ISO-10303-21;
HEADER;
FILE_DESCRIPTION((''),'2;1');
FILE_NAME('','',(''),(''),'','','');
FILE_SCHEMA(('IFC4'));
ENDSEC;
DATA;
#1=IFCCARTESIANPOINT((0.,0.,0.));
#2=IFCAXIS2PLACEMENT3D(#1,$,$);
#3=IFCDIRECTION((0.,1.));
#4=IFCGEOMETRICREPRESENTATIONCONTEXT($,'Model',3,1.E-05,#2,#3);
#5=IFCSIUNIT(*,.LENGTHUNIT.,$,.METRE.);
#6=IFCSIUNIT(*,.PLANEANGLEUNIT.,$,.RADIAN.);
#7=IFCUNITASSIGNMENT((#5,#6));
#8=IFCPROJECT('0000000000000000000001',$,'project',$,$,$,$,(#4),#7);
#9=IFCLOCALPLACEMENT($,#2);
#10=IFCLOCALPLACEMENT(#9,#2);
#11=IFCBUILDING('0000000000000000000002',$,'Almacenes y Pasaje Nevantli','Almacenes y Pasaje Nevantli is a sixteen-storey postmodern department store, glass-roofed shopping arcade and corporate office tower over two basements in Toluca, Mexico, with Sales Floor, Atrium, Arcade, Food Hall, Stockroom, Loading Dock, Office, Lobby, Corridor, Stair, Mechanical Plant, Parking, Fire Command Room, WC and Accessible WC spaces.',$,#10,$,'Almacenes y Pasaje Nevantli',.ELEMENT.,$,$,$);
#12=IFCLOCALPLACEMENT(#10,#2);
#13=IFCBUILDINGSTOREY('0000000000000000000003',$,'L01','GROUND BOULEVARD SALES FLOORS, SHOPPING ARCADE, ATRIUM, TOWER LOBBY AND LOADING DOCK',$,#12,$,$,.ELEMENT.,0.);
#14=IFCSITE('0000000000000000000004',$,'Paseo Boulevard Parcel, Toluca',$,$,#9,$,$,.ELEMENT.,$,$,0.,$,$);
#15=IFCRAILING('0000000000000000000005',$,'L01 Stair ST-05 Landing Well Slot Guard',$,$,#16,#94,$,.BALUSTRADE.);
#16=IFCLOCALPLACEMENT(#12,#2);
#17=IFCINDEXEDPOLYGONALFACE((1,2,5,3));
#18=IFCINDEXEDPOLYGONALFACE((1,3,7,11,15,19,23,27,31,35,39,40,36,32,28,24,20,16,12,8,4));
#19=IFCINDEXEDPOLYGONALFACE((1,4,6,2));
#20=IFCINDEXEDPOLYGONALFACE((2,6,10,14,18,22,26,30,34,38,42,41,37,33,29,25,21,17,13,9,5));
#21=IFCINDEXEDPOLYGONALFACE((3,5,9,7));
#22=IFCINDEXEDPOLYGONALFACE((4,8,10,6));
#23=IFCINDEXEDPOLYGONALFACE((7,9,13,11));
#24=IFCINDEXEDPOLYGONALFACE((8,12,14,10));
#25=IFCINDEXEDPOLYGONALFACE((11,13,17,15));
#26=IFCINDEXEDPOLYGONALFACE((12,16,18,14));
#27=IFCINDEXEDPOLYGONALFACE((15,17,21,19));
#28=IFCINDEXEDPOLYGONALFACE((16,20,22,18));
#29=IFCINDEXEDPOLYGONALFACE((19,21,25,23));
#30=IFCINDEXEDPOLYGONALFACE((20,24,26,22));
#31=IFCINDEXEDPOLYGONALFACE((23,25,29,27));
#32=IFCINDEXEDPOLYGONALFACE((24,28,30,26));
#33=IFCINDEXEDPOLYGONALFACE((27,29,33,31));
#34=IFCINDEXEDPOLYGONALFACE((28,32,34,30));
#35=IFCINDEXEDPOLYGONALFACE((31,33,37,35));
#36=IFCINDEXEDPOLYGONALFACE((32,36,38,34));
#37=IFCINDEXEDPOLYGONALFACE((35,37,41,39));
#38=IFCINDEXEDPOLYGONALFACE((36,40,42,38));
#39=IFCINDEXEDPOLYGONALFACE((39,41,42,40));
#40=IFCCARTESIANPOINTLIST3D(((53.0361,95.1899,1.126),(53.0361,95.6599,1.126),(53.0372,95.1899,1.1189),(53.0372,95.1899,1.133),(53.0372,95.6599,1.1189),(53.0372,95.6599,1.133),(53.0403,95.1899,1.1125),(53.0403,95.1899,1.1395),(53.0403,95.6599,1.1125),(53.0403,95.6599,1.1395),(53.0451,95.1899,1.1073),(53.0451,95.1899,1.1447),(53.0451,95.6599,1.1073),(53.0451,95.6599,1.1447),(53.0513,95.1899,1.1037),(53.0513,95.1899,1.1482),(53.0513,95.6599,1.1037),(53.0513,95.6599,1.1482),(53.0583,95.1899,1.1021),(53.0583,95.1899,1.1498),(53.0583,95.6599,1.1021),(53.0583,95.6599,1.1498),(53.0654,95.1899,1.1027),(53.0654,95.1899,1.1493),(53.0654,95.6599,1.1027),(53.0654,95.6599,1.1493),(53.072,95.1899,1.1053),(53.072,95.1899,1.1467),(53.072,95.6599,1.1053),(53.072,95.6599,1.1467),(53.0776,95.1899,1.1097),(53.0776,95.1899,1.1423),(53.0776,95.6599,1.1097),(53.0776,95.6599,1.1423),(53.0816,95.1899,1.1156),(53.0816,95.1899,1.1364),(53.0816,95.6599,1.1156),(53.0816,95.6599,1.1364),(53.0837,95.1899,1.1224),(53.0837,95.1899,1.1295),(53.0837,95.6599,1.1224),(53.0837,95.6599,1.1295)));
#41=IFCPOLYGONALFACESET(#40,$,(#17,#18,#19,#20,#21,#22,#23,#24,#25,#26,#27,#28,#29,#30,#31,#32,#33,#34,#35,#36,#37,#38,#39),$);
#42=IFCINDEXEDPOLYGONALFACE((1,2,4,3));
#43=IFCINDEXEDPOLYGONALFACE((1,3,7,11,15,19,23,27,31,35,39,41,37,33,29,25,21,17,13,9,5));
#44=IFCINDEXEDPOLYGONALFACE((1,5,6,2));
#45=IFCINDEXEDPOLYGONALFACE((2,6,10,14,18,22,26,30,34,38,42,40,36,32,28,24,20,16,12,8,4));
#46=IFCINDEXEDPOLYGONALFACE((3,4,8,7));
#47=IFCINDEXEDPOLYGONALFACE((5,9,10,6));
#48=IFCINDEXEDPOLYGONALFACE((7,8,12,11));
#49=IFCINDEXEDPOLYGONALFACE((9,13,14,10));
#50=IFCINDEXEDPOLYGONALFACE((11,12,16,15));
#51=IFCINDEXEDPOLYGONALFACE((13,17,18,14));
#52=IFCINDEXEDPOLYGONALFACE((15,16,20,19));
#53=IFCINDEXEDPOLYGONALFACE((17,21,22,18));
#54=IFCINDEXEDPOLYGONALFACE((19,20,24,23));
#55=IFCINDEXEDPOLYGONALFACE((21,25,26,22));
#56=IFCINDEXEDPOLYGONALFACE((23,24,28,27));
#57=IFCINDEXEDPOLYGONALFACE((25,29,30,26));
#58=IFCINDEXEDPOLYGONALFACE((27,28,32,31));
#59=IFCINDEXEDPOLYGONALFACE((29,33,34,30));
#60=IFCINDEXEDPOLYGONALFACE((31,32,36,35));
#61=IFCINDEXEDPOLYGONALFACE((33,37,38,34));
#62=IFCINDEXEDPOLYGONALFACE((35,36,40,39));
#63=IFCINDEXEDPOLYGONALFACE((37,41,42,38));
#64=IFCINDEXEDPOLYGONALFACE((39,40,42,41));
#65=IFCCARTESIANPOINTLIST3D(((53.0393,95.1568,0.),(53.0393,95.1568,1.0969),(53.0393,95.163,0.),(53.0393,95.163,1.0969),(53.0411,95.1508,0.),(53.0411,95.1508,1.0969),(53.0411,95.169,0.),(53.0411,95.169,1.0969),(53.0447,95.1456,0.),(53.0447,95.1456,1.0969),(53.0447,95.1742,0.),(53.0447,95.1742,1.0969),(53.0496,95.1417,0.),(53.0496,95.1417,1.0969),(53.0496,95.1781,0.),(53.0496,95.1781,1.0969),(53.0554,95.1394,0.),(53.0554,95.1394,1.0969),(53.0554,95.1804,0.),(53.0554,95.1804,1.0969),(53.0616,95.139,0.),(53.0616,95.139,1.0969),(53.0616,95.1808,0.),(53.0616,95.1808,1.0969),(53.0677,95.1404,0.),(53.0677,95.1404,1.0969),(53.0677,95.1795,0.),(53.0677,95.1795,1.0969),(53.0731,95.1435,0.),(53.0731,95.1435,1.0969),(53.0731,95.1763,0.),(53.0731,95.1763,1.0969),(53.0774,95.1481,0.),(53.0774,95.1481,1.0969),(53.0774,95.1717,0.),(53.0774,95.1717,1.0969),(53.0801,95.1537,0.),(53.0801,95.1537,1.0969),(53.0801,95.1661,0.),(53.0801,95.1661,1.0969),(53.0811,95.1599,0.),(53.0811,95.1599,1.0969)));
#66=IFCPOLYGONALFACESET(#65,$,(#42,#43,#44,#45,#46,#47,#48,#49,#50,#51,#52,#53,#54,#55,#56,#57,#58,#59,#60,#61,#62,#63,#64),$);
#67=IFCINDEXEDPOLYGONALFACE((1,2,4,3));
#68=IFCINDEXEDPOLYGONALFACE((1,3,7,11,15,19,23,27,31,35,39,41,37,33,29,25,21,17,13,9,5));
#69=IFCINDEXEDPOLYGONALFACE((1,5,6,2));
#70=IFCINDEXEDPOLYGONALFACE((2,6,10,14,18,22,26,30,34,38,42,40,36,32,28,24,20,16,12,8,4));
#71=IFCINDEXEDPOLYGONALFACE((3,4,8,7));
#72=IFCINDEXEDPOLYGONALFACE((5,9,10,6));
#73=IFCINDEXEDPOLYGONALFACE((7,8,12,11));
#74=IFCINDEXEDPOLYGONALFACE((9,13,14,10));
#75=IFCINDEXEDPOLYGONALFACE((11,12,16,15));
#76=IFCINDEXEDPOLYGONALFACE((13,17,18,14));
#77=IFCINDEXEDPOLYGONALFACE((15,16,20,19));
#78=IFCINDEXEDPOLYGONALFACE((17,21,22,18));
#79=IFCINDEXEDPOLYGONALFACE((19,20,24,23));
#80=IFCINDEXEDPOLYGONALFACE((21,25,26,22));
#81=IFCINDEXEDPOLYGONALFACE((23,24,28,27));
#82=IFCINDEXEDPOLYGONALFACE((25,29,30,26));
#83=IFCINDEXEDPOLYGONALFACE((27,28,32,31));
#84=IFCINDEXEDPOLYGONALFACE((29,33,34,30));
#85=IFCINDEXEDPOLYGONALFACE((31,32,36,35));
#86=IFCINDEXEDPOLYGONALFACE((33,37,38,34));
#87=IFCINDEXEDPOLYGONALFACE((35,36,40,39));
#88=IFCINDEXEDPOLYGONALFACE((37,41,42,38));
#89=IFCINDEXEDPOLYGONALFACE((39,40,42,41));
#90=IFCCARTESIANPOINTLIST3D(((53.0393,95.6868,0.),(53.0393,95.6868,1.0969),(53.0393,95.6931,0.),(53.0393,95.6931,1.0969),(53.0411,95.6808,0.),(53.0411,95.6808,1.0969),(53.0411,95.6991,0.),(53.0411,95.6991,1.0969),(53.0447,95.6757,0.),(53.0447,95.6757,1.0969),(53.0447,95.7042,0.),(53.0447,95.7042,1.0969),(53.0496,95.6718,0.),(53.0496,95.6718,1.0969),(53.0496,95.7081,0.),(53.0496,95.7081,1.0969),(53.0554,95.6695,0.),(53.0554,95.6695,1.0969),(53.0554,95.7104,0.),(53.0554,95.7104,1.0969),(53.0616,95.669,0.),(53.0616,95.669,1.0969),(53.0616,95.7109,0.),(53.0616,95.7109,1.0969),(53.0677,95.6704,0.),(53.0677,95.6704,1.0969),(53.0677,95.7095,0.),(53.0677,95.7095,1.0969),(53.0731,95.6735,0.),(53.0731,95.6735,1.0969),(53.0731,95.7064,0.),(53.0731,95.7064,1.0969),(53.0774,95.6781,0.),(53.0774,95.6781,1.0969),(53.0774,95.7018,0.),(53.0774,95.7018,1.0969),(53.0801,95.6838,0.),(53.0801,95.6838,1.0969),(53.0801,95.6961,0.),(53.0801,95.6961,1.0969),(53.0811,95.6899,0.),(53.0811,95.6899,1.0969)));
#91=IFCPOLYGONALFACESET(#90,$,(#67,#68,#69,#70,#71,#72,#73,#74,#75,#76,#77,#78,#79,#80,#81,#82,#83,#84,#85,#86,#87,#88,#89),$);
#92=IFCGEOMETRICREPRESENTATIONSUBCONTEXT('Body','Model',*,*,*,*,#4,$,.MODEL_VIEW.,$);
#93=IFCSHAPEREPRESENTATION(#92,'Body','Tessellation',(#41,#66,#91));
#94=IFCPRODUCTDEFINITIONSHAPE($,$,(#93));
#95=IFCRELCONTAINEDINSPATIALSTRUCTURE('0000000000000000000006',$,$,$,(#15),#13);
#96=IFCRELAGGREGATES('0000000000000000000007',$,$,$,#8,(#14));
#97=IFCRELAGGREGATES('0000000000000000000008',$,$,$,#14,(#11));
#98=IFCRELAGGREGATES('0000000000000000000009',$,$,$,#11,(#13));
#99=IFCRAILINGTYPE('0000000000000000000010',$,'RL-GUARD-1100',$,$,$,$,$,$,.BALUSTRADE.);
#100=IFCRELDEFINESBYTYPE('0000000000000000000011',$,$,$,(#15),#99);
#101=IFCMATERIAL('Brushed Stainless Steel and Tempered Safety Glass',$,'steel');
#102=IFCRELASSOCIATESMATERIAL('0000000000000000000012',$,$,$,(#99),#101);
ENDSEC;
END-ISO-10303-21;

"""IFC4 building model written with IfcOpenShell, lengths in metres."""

from ifc_helpers import new_model, si_unit, direction, frame, origin, origin_2d, place, context, subcontext, project, spatial, circle, extrude, material, type_object, element, save


model = new_model("IFC4")

# Units and contexts
model_context = context("Model", 3, precision=1e-05, world=origin(), true_north=direction((0.0, 1.0)))
body_context = subcontext(model_context, "Body", "Model", "MODEL_VIEW")
ifc_project = project(units=[si_unit("LENGTHUNIT", "METRE"), si_unit("PLANEANGLEUNIT", "RADIAN")], contexts=[model_context])

# Site, building, storey
site_placement = place(None, origin())
site = spatial("IfcSite", under=ifc_project, at=site_placement, Name="Paseo Boulevard Parcel, Toluca", CompositionType="ELEMENT", RefElevation=0.0)
building_placement = place(site_placement, origin())
building = spatial("IfcBuilding", under=site, at=building_placement, Name="Almacenes y Pasaje Nevantli", Description="Almacenes y Pasaje Nevantli is a sixteen-storey postmodern department store, glass-roofed shopping arcade and corporate office tower over two basements in Toluca, Mexico, with Sales Floor, Atrium, Arcade, Food Hall, Stockroom, Loading Dock, Office, Lobby, Corridor, Stair, Mechanical Plant, Parking, Fire Command Room, WC and Accessible WC spaces.", LongName="Almacenes y Pasaje Nevantli", CompositionType="ELEMENT")
storey_placement = place(building_placement, origin())
storey = spatial("IfcBuildingStorey", under=building, at=storey_placement, Name="L01", Description="GROUND BOULEVARD SALES FLOORS, SHOPPING ARCADE, ATRIUM, TOWER LOBBY AND LOADING DOCK", CompositionType="ELEMENT", Elevation=0.0)

# Railing
ifc_material_1 = material(Name="Brushed Stainless Steel and Tempered Safety Glass", Category="steel")
railing_type_1 = type_object("IfcRailingType", Name="RL-GUARD-1100", PredefinedType="BALUSTRADE", material=ifc_material_1)
railing_1_placement = place(storey_placement, frame((53.0601, 95.1599, 0.0)))
element("IfcRailing", 1, at=railing_1_placement, inside=storey, type_object=railing_type_1, Name="L01 Stair ST-05 Landing Well Slot Guard", PredefinedType="BALUSTRADE", context=body_context, shape_type="SweptSolid", body=[
    extrude(circle(Radius=0.0239, at=origin_2d()), frame((0.0, 0.03, 1.126), z_axis=(0.0, 1.0, 0.0), x_axis=(-1.0, 0.0, 0.0)), (0.0, 0.0, 1.0), 0.47),
    extrude(circle(Radius=0.021, at=origin_2d()), origin(), (0.0, 0.0, 1.0), 1.0969),
    extrude(circle(Radius=0.021, at=origin_2d()), frame((0.0, 0.53, 0.0)), (0.0, 0.0, 1.0), 1.0969),
])

save(model, "model.ifc")
